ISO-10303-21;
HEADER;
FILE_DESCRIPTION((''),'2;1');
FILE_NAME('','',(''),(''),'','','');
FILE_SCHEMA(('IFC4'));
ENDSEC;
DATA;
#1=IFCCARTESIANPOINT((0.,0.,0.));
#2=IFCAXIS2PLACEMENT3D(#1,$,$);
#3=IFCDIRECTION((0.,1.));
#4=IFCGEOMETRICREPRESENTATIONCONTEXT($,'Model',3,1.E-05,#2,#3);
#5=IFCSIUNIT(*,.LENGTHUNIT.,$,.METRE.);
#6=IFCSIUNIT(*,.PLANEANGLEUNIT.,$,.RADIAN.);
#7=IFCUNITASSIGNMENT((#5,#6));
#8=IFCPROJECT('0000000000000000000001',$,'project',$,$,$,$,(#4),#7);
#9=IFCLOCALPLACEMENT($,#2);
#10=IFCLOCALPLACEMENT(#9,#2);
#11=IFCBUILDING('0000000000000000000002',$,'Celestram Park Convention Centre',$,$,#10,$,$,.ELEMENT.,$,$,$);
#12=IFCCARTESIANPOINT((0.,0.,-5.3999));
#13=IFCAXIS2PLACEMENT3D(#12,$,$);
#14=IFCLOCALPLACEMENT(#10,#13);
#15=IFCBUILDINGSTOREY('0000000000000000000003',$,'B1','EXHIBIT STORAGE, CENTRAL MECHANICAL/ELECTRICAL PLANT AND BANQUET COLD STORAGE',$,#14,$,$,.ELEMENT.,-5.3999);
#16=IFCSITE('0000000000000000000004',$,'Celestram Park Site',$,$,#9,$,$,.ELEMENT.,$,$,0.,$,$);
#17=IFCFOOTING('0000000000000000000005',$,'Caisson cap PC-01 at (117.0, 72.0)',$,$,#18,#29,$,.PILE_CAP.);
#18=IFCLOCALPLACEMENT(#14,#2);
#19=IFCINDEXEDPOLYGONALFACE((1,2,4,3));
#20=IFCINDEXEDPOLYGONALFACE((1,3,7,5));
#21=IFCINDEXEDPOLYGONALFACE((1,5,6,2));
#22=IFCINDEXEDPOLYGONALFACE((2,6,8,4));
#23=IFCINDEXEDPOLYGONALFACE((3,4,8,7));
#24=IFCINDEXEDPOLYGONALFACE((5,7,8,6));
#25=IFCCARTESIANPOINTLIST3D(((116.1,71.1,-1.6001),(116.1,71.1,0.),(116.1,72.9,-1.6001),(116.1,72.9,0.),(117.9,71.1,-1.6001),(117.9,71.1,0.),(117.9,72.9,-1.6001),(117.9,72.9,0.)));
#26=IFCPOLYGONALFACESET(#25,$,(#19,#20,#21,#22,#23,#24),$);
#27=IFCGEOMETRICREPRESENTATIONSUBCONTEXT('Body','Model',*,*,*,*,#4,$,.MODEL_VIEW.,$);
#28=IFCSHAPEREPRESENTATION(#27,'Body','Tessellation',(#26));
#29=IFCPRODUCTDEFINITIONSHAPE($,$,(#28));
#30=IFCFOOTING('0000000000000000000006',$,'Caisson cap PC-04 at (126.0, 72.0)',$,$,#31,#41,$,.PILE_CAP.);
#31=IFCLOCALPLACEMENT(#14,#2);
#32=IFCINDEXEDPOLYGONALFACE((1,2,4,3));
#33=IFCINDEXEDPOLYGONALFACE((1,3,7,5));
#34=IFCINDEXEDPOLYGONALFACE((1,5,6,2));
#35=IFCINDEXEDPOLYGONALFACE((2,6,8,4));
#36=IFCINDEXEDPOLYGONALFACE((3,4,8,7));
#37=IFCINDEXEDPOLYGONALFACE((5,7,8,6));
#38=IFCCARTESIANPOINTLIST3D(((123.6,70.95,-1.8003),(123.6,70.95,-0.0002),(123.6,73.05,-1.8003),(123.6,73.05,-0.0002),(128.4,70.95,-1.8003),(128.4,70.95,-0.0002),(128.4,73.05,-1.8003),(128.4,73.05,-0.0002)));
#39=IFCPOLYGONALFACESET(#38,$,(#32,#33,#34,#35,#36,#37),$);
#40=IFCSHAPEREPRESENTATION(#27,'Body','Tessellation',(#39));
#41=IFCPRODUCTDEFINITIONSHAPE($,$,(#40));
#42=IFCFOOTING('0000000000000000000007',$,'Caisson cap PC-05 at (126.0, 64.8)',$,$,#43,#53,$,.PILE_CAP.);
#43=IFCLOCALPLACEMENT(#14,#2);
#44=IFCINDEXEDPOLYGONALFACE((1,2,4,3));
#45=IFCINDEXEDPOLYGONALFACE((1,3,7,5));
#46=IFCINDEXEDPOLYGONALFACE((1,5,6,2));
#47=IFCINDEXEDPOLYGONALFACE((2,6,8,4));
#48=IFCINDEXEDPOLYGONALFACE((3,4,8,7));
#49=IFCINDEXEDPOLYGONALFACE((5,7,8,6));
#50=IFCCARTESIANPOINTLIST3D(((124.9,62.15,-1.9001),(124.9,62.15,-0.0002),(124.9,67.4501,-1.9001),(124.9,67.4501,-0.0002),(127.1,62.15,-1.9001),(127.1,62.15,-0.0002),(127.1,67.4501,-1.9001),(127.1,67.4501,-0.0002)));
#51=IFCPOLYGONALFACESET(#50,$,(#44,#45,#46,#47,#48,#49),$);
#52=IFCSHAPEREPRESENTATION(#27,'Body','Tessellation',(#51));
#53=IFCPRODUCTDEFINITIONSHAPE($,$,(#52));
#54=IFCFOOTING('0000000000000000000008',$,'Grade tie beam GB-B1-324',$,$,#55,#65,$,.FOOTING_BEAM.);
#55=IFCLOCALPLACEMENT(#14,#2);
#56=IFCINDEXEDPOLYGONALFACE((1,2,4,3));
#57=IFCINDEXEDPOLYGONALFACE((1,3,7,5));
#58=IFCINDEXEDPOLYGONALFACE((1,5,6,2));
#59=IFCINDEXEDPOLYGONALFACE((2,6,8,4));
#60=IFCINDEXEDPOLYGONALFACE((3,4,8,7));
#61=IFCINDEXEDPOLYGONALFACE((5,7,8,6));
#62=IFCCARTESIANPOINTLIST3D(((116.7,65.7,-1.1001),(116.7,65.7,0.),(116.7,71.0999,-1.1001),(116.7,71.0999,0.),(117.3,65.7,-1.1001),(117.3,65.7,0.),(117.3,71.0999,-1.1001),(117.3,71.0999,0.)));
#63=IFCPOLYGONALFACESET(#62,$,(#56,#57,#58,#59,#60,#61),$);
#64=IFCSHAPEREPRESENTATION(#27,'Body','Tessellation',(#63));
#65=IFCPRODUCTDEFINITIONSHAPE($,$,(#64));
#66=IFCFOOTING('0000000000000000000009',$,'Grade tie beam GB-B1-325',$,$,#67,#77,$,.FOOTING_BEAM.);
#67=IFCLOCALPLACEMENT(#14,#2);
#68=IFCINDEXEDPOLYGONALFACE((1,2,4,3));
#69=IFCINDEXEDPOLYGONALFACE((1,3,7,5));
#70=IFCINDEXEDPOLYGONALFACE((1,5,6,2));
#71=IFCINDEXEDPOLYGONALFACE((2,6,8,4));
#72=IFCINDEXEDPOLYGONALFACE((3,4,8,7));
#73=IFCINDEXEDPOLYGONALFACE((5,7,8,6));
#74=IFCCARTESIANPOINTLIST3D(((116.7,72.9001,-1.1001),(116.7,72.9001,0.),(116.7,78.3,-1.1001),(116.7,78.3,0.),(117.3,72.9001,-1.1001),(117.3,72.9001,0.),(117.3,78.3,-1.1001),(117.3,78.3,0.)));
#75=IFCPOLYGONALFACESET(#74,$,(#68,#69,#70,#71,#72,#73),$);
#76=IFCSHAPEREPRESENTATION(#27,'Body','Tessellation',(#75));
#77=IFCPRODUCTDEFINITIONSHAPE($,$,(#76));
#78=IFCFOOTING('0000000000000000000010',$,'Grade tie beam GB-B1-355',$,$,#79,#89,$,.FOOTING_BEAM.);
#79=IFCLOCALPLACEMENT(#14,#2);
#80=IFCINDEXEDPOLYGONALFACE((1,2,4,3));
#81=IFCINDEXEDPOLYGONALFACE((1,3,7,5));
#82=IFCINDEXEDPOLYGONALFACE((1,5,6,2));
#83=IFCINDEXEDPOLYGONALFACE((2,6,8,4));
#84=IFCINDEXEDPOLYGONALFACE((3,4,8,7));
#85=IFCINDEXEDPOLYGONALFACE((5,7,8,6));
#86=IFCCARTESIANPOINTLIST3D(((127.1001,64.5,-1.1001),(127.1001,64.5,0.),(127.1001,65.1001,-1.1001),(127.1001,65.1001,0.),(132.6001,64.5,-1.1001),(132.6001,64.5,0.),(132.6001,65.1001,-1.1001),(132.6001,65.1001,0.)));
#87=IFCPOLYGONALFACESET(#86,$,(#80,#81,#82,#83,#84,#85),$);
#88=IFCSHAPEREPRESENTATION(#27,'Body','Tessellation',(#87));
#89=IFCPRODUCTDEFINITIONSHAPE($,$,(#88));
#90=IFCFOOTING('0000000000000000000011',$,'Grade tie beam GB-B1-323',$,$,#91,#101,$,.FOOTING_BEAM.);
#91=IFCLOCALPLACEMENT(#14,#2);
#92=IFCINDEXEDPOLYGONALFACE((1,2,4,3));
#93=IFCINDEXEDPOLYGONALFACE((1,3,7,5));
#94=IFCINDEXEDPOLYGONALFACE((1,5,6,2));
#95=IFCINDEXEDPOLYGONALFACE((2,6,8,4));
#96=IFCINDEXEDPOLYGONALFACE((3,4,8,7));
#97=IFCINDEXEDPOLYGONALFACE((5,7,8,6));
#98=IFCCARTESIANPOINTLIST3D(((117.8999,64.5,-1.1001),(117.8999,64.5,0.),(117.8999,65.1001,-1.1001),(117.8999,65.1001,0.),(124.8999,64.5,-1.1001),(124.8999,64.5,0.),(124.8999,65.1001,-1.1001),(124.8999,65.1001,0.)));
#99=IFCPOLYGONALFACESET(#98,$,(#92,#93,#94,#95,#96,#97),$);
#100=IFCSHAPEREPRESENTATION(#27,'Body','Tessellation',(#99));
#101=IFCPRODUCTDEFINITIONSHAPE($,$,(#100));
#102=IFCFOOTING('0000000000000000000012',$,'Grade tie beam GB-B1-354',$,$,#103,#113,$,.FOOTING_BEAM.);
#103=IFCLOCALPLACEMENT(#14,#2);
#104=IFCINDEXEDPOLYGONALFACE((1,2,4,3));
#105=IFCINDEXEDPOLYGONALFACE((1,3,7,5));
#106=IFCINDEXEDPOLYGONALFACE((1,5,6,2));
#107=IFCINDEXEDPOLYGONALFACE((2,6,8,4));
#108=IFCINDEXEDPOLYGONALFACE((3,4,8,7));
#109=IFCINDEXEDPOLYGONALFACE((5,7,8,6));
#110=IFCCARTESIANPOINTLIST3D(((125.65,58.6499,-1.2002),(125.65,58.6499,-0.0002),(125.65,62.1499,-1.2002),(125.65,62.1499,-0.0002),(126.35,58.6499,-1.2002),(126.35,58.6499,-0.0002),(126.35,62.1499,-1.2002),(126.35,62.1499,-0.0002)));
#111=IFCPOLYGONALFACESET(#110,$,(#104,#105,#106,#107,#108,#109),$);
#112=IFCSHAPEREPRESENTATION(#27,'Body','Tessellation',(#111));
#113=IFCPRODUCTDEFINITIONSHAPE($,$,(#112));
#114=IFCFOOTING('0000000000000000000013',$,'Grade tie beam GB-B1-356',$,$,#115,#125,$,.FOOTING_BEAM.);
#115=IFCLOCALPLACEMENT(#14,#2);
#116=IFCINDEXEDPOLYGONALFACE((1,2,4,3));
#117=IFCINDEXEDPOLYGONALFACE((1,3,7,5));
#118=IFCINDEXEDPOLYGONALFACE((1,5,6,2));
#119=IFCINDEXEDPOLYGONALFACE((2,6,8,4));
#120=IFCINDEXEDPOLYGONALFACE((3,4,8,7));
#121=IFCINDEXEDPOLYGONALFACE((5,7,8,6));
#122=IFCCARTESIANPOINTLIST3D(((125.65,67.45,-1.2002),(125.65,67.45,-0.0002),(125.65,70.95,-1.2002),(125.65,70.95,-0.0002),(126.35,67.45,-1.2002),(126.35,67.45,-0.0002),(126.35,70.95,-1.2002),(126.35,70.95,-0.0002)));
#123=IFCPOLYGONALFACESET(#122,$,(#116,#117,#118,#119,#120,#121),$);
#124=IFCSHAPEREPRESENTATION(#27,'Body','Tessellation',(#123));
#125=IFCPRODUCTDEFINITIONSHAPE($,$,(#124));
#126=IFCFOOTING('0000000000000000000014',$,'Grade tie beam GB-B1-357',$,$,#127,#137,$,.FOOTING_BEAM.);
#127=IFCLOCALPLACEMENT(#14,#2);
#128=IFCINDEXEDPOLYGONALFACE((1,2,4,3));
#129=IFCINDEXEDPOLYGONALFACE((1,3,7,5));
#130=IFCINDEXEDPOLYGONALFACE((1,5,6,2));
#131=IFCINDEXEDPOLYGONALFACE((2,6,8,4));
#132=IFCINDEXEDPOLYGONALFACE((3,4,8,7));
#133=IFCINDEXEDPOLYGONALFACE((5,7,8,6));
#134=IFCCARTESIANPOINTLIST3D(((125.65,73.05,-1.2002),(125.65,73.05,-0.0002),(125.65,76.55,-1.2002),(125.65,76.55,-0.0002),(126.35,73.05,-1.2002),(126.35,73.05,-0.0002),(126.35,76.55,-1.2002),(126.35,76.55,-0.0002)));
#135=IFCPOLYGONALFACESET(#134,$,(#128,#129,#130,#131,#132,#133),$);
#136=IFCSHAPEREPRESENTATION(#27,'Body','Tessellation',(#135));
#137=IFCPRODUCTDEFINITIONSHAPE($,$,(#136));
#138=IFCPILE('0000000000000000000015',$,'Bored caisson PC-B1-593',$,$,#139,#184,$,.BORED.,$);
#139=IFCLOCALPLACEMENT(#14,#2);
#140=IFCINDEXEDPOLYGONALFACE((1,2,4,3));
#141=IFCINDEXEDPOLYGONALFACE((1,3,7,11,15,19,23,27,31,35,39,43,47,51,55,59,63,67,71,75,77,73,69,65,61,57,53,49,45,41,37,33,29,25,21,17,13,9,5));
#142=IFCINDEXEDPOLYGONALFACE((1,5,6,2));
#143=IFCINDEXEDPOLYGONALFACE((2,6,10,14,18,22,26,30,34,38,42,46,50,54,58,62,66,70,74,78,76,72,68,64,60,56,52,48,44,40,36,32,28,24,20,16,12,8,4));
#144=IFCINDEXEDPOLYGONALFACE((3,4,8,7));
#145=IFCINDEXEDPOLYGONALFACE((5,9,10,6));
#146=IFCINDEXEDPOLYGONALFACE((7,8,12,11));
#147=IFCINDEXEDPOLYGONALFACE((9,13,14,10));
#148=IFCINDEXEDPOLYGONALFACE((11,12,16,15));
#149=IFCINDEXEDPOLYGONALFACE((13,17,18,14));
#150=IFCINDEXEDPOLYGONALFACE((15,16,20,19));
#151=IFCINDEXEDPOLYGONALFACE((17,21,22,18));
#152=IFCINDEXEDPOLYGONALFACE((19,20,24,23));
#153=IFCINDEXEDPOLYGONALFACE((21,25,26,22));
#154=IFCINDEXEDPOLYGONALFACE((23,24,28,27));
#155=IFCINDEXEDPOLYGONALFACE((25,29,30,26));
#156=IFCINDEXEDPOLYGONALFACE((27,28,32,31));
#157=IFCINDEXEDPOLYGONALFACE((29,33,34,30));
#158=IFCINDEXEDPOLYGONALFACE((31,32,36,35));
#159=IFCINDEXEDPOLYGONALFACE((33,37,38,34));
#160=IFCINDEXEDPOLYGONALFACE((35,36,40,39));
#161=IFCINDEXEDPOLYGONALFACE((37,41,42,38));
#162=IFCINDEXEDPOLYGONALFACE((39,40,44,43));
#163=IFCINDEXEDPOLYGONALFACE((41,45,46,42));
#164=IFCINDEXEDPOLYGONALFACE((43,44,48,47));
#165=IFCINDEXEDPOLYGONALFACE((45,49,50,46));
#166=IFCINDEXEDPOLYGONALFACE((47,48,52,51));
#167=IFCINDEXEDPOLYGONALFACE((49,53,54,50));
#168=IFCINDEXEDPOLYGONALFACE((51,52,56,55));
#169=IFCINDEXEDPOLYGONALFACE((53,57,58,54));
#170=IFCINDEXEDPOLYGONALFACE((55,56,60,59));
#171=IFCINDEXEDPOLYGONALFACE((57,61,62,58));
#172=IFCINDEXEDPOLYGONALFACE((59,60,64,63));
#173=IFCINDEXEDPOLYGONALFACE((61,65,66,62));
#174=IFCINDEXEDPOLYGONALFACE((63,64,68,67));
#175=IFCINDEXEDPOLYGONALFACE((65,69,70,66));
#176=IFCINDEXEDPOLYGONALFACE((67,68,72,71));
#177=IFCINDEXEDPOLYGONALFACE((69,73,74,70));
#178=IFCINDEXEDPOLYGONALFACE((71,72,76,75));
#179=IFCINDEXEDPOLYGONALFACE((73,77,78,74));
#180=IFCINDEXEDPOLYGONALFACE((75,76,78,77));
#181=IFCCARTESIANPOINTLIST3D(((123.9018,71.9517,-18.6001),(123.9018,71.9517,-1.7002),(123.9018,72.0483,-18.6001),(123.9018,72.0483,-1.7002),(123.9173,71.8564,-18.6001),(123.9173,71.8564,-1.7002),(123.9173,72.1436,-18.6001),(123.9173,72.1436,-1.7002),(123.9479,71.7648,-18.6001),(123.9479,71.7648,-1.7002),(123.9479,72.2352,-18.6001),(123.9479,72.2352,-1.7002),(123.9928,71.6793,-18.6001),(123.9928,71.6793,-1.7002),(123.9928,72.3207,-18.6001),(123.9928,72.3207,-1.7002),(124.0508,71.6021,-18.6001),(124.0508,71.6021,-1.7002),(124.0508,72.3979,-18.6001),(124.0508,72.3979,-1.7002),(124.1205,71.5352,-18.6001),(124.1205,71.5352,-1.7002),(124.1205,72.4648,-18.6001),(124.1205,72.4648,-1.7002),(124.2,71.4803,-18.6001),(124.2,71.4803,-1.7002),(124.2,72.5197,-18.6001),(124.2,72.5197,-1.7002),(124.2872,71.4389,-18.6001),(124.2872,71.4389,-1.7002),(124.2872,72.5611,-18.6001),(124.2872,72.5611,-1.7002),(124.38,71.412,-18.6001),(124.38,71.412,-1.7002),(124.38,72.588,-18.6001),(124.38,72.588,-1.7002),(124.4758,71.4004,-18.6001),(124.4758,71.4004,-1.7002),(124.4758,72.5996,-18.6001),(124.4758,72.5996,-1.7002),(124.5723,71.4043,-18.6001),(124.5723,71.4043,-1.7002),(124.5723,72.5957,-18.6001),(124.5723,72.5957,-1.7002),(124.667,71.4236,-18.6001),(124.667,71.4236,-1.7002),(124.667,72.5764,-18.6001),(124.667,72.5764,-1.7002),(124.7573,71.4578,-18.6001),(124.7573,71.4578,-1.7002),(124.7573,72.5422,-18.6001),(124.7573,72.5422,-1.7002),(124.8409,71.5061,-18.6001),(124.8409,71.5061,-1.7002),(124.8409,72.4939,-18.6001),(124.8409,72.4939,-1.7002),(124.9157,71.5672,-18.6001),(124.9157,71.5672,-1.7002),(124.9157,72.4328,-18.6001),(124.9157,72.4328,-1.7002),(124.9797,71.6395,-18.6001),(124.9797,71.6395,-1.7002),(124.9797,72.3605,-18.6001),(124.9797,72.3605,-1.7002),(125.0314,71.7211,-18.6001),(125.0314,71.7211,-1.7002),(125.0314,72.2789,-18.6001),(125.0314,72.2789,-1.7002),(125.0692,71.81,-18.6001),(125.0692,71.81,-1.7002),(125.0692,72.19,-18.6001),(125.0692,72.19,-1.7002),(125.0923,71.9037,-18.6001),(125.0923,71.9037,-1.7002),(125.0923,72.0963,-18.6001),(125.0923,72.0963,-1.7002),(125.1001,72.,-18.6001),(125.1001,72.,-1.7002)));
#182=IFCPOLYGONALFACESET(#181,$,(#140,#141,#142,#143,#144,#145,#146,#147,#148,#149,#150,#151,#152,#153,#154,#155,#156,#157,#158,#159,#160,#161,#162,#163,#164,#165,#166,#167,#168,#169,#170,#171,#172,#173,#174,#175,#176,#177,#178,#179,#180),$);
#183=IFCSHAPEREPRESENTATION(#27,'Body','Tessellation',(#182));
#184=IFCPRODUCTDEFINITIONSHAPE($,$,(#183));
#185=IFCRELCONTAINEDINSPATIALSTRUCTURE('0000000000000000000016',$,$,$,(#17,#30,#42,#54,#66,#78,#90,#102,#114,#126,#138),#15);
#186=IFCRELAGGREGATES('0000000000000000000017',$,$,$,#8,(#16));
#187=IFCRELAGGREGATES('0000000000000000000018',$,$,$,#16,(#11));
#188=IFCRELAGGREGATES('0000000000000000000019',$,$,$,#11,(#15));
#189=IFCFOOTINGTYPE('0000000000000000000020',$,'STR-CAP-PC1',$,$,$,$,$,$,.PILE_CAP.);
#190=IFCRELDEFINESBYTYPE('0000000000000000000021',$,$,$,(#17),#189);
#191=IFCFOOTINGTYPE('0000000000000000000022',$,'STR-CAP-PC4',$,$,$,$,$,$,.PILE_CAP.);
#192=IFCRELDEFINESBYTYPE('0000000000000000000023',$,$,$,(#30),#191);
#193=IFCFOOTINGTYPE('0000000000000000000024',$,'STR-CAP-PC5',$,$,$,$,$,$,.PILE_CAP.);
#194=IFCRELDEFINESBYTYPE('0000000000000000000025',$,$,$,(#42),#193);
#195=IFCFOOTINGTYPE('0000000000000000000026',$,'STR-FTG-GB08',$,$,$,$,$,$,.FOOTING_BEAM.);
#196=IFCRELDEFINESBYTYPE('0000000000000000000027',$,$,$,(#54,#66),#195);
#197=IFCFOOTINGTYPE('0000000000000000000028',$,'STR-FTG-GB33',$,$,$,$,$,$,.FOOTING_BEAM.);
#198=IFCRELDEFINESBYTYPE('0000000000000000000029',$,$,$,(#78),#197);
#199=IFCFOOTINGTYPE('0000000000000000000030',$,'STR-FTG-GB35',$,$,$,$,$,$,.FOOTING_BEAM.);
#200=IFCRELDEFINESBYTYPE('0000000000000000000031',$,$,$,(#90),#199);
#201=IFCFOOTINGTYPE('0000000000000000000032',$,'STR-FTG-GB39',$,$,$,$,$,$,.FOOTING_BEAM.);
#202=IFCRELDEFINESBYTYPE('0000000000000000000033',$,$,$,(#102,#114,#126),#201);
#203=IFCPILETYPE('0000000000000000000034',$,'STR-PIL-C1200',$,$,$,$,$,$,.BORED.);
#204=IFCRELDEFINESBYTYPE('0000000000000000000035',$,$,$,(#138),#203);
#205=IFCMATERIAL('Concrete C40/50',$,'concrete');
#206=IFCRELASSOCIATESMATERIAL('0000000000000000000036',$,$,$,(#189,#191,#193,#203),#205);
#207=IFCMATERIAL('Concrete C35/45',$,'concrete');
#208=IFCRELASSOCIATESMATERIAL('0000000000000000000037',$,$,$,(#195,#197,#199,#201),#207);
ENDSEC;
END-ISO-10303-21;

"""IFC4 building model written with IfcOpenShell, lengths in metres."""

from ifc_helpers import new_model, si_unit, direction, frame, origin, origin_2d, place, context, subcontext, project, spatial, rectangle, circle, extrude, material, material_profile, profile_set, type_object, element, save


model = new_model("IFC4")

# Units and contexts
model_context = context("Model", 3, precision=1e-05, world=origin(), true_north=direction((0.0, 1.0)))
body_context = subcontext(model_context, "Body", "Model", "MODEL_VIEW")
ifc_project = project(units=[si_unit("LENGTHUNIT", "METRE"), si_unit("PLANEANGLEUNIT", "RADIAN")], contexts=[model_context])

# Site, building, storey
site_placement = place(None, origin())
site = spatial("IfcSite", under=ifc_project, at=site_placement, Name="Celestram Park Site", CompositionType="ELEMENT", RefElevation=0.0)
building_placement = place(site_placement, origin())
building = spatial("IfcBuilding", under=site, at=building_placement, Name="Celestram Park Convention Centre", CompositionType="ELEMENT")
storey_placement = place(building_placement, frame((0.0, 0.0, -5.3999)))
storey = spatial("IfcBuildingStorey", under=building, at=storey_placement, Name="B1", Description="EXHIBIT STORAGE, CENTRAL MECHANICAL/ELECTRICAL PLANT AND BANQUET COLD STORAGE", CompositionType="ELEMENT", Elevation=-5.3999)

# Footings
ifc_material_1 = material(Name="Concrete C40/50", Category="concrete")
footing_type_1 = type_object("IfcFootingType", Name="STR-CAP-PC1", PredefinedType="PILE_CAP", material=ifc_material_1)
footing_1_placement = place(storey_placement, frame((117.0, 72.0, -1.6001), z_axis=(0.0, 0.0, 1.0), x_axis=(1.0, 0.0, 0.0)))
element("IfcFooting", 1, at=footing_1_placement, inside=storey, type_object=footing_type_1, Name="Caisson cap PC-01 at (117.0, 72.0)", PredefinedType="PILE_CAP", context=body_context, shape_type="SweptSolid", body=[
    extrude(rectangle(XDim=1.8, YDim=1.8, at=origin_2d()), origin(), (0.0, 0.0, 1.0), 1.6001),
])
footing_type_2 = type_object("IfcFootingType", Name="STR-CAP-PC4", PredefinedType="PILE_CAP", material=ifc_material_1)
footing_2_placement = place(storey_placement, frame((126.0, 72.0, -1.8003), z_axis=(0.0, 0.0, 1.0), x_axis=(1.0, 0.0, 0.0)))
element("IfcFooting", 2, at=footing_2_placement, inside=storey, type_object=footing_type_2, Name="Caisson cap PC-04 at (126.0, 72.0)", PredefinedType="PILE_CAP", context=body_context, shape_type="SweptSolid", body=[
    extrude(rectangle(XDim=4.8, YDim=2.1001, at=origin_2d()), origin(), (0.0, 0.0, 1.0), 1.8),
])
footing_type_3 = type_object("IfcFootingType", Name="STR-CAP-PC5", PredefinedType="PILE_CAP", material=ifc_material_1)
footing_3_placement = place(storey_placement, frame((126.0, 64.8, -1.9001), z_axis=(0.0, 0.0, 1.0), x_axis=(1.0, 0.0, 0.0)))
element("IfcFooting", 3, at=footing_3_placement, inside=storey, type_object=footing_type_3, Name="Caisson cap PC-05 at (126.0, 64.8)", PredefinedType="PILE_CAP", context=body_context, shape_type="SweptSolid", body=[
    extrude(rectangle(XDim=2.2, YDim=5.3, at=origin_2d()), origin(), (0.0, 0.0, 1.0), 1.8999),
])
ifc_material_2 = material(Name="Concrete C35/45", Category="concrete")
footing_type_4 = type_object("IfcFootingType", Name="STR-FTG-GB08", PredefinedType="FOOTING_BEAM", material=ifc_material_2)
for number, where, z_axis, x_axis, name in (
    (4, (117.0, 68.3999, -1.1001), (0.0, 0.0, 1.0), (0.0, 1.0, 0.0), "Grade tie beam GB-B1-324"),
    (5, (117.0, 75.6001, -1.1001), (0.0, 0.0, 1.0), (0.0, 1.0, 0.0), "Grade tie beam GB-B1-325"),
):
    element("IfcFooting", number, at=place(storey_placement, frame(where, z_axis=z_axis, x_axis=x_axis)), inside=storey, type_object=footing_type_4, Name=name, PredefinedType="FOOTING_BEAM", context=body_context, shape_type="SweptSolid", body=[
        extrude(rectangle(XDim=5.3999, YDim=0.6001, at=origin_2d()), origin(), (0.0, 0.0, 1.0), 1.1001),
    ])
footing_type_5 = type_object("IfcFootingType", Name="STR-FTG-GB33", PredefinedType="FOOTING_BEAM", material=ifc_material_2)
footing_4_placement = place(storey_placement, frame((129.8501, 64.8, -1.1001), z_axis=(0.0, 0.0, 1.0), x_axis=(1.0, 0.0, 0.0)))
element("IfcFooting", 6, at=footing_4_placement, inside=storey, type_object=footing_type_5, Name="Grade tie beam GB-B1-355", PredefinedType="FOOTING_BEAM", context=body_context, shape_type="SweptSolid", body=[
    extrude(rectangle(XDim=5.5, YDim=0.6001, at=origin_2d()), origin(), (0.0, 0.0, 1.0), 1.1001),
])
footing_type_6 = type_object("IfcFootingType", Name="STR-FTG-GB35", PredefinedType="FOOTING_BEAM", material=ifc_material_2)
footing_5_placement = place(storey_placement, frame((121.3999, 64.8, -1.1001), z_axis=(0.0, 0.0, 1.0), x_axis=(1.0, 0.0, 0.0)))
element("IfcFooting", 7, at=footing_5_placement, inside=storey, type_object=footing_type_6, Name="Grade tie beam GB-B1-323", PredefinedType="FOOTING_BEAM", context=body_context, shape_type="SweptSolid", body=[
    extrude(rectangle(XDim=7.0, YDim=0.6001, at=origin_2d()), origin(), (0.0, 0.0, 1.0), 1.1001),
])
footing_type_7 = type_object("IfcFootingType", Name="STR-FTG-GB39", PredefinedType="FOOTING_BEAM", material=ifc_material_2)
for number, where, z_axis, x_axis, name in (
    (8, (126.0, 60.3999, -1.2002), (0.0, 0.0, 1.0), (0.0, 1.0, 0.0), "Grade tie beam GB-B1-354"),
    (9, (126.0, 69.2, -1.2002), (0.0, 0.0, 1.0), (0.0, 1.0, 0.0), "Grade tie beam GB-B1-356"),
    (10, (126.0, 74.8, -1.2002), (0.0, 0.0, 1.0), (0.0, 1.0, 0.0), "Grade tie beam GB-B1-357"),
):
    element("IfcFooting", number, at=place(storey_placement, frame(where, z_axis=z_axis, x_axis=x_axis)), inside=storey, type_object=footing_type_7, Name=name, PredefinedType="FOOTING_BEAM", context=body_context, shape_type="SweptSolid", body=[
        extrude(rectangle(XDim=3.5, YDim=0.7, at=origin_2d()), origin(), (0.0, 0.0, 1.0), 1.2),
    ])

# Pile
ifc_material_profile_1 = material_profile(ifc_material_1, circle(Radius=0.6001, at=origin_2d()), Name="CAISSON1200")
ifc_profile_set_1 = profile_set([ifc_material_profile_1], Name="Concrete C40/50")
pile_type_1 = type_object("IfcPileType", Name="STR-PIL-C1200", PredefinedType="BORED", material=ifc_profile_set_1)
for number, where, z_axis, x_axis, name in (
    (11, (124.5, 72.0, -1.7002), (0.0, 0.0, -1.0), (1.0, 0.0, 0.0), "Bored caisson PC-B1-593"),
):
    element("IfcPile", number, at=place(storey_placement, frame(where, z_axis=z_axis, x_axis=x_axis)), inside=storey, type_object=pile_type_1, Name=name, PredefinedType="BORED", context=body_context, shape_type="SweptSolid", body=[
        extrude(circle(Radius=0.6001, at=origin_2d()), origin(), (0.0, 0.0, 1.0), 16.8999),
    ])

save(model, "model.ifc")
